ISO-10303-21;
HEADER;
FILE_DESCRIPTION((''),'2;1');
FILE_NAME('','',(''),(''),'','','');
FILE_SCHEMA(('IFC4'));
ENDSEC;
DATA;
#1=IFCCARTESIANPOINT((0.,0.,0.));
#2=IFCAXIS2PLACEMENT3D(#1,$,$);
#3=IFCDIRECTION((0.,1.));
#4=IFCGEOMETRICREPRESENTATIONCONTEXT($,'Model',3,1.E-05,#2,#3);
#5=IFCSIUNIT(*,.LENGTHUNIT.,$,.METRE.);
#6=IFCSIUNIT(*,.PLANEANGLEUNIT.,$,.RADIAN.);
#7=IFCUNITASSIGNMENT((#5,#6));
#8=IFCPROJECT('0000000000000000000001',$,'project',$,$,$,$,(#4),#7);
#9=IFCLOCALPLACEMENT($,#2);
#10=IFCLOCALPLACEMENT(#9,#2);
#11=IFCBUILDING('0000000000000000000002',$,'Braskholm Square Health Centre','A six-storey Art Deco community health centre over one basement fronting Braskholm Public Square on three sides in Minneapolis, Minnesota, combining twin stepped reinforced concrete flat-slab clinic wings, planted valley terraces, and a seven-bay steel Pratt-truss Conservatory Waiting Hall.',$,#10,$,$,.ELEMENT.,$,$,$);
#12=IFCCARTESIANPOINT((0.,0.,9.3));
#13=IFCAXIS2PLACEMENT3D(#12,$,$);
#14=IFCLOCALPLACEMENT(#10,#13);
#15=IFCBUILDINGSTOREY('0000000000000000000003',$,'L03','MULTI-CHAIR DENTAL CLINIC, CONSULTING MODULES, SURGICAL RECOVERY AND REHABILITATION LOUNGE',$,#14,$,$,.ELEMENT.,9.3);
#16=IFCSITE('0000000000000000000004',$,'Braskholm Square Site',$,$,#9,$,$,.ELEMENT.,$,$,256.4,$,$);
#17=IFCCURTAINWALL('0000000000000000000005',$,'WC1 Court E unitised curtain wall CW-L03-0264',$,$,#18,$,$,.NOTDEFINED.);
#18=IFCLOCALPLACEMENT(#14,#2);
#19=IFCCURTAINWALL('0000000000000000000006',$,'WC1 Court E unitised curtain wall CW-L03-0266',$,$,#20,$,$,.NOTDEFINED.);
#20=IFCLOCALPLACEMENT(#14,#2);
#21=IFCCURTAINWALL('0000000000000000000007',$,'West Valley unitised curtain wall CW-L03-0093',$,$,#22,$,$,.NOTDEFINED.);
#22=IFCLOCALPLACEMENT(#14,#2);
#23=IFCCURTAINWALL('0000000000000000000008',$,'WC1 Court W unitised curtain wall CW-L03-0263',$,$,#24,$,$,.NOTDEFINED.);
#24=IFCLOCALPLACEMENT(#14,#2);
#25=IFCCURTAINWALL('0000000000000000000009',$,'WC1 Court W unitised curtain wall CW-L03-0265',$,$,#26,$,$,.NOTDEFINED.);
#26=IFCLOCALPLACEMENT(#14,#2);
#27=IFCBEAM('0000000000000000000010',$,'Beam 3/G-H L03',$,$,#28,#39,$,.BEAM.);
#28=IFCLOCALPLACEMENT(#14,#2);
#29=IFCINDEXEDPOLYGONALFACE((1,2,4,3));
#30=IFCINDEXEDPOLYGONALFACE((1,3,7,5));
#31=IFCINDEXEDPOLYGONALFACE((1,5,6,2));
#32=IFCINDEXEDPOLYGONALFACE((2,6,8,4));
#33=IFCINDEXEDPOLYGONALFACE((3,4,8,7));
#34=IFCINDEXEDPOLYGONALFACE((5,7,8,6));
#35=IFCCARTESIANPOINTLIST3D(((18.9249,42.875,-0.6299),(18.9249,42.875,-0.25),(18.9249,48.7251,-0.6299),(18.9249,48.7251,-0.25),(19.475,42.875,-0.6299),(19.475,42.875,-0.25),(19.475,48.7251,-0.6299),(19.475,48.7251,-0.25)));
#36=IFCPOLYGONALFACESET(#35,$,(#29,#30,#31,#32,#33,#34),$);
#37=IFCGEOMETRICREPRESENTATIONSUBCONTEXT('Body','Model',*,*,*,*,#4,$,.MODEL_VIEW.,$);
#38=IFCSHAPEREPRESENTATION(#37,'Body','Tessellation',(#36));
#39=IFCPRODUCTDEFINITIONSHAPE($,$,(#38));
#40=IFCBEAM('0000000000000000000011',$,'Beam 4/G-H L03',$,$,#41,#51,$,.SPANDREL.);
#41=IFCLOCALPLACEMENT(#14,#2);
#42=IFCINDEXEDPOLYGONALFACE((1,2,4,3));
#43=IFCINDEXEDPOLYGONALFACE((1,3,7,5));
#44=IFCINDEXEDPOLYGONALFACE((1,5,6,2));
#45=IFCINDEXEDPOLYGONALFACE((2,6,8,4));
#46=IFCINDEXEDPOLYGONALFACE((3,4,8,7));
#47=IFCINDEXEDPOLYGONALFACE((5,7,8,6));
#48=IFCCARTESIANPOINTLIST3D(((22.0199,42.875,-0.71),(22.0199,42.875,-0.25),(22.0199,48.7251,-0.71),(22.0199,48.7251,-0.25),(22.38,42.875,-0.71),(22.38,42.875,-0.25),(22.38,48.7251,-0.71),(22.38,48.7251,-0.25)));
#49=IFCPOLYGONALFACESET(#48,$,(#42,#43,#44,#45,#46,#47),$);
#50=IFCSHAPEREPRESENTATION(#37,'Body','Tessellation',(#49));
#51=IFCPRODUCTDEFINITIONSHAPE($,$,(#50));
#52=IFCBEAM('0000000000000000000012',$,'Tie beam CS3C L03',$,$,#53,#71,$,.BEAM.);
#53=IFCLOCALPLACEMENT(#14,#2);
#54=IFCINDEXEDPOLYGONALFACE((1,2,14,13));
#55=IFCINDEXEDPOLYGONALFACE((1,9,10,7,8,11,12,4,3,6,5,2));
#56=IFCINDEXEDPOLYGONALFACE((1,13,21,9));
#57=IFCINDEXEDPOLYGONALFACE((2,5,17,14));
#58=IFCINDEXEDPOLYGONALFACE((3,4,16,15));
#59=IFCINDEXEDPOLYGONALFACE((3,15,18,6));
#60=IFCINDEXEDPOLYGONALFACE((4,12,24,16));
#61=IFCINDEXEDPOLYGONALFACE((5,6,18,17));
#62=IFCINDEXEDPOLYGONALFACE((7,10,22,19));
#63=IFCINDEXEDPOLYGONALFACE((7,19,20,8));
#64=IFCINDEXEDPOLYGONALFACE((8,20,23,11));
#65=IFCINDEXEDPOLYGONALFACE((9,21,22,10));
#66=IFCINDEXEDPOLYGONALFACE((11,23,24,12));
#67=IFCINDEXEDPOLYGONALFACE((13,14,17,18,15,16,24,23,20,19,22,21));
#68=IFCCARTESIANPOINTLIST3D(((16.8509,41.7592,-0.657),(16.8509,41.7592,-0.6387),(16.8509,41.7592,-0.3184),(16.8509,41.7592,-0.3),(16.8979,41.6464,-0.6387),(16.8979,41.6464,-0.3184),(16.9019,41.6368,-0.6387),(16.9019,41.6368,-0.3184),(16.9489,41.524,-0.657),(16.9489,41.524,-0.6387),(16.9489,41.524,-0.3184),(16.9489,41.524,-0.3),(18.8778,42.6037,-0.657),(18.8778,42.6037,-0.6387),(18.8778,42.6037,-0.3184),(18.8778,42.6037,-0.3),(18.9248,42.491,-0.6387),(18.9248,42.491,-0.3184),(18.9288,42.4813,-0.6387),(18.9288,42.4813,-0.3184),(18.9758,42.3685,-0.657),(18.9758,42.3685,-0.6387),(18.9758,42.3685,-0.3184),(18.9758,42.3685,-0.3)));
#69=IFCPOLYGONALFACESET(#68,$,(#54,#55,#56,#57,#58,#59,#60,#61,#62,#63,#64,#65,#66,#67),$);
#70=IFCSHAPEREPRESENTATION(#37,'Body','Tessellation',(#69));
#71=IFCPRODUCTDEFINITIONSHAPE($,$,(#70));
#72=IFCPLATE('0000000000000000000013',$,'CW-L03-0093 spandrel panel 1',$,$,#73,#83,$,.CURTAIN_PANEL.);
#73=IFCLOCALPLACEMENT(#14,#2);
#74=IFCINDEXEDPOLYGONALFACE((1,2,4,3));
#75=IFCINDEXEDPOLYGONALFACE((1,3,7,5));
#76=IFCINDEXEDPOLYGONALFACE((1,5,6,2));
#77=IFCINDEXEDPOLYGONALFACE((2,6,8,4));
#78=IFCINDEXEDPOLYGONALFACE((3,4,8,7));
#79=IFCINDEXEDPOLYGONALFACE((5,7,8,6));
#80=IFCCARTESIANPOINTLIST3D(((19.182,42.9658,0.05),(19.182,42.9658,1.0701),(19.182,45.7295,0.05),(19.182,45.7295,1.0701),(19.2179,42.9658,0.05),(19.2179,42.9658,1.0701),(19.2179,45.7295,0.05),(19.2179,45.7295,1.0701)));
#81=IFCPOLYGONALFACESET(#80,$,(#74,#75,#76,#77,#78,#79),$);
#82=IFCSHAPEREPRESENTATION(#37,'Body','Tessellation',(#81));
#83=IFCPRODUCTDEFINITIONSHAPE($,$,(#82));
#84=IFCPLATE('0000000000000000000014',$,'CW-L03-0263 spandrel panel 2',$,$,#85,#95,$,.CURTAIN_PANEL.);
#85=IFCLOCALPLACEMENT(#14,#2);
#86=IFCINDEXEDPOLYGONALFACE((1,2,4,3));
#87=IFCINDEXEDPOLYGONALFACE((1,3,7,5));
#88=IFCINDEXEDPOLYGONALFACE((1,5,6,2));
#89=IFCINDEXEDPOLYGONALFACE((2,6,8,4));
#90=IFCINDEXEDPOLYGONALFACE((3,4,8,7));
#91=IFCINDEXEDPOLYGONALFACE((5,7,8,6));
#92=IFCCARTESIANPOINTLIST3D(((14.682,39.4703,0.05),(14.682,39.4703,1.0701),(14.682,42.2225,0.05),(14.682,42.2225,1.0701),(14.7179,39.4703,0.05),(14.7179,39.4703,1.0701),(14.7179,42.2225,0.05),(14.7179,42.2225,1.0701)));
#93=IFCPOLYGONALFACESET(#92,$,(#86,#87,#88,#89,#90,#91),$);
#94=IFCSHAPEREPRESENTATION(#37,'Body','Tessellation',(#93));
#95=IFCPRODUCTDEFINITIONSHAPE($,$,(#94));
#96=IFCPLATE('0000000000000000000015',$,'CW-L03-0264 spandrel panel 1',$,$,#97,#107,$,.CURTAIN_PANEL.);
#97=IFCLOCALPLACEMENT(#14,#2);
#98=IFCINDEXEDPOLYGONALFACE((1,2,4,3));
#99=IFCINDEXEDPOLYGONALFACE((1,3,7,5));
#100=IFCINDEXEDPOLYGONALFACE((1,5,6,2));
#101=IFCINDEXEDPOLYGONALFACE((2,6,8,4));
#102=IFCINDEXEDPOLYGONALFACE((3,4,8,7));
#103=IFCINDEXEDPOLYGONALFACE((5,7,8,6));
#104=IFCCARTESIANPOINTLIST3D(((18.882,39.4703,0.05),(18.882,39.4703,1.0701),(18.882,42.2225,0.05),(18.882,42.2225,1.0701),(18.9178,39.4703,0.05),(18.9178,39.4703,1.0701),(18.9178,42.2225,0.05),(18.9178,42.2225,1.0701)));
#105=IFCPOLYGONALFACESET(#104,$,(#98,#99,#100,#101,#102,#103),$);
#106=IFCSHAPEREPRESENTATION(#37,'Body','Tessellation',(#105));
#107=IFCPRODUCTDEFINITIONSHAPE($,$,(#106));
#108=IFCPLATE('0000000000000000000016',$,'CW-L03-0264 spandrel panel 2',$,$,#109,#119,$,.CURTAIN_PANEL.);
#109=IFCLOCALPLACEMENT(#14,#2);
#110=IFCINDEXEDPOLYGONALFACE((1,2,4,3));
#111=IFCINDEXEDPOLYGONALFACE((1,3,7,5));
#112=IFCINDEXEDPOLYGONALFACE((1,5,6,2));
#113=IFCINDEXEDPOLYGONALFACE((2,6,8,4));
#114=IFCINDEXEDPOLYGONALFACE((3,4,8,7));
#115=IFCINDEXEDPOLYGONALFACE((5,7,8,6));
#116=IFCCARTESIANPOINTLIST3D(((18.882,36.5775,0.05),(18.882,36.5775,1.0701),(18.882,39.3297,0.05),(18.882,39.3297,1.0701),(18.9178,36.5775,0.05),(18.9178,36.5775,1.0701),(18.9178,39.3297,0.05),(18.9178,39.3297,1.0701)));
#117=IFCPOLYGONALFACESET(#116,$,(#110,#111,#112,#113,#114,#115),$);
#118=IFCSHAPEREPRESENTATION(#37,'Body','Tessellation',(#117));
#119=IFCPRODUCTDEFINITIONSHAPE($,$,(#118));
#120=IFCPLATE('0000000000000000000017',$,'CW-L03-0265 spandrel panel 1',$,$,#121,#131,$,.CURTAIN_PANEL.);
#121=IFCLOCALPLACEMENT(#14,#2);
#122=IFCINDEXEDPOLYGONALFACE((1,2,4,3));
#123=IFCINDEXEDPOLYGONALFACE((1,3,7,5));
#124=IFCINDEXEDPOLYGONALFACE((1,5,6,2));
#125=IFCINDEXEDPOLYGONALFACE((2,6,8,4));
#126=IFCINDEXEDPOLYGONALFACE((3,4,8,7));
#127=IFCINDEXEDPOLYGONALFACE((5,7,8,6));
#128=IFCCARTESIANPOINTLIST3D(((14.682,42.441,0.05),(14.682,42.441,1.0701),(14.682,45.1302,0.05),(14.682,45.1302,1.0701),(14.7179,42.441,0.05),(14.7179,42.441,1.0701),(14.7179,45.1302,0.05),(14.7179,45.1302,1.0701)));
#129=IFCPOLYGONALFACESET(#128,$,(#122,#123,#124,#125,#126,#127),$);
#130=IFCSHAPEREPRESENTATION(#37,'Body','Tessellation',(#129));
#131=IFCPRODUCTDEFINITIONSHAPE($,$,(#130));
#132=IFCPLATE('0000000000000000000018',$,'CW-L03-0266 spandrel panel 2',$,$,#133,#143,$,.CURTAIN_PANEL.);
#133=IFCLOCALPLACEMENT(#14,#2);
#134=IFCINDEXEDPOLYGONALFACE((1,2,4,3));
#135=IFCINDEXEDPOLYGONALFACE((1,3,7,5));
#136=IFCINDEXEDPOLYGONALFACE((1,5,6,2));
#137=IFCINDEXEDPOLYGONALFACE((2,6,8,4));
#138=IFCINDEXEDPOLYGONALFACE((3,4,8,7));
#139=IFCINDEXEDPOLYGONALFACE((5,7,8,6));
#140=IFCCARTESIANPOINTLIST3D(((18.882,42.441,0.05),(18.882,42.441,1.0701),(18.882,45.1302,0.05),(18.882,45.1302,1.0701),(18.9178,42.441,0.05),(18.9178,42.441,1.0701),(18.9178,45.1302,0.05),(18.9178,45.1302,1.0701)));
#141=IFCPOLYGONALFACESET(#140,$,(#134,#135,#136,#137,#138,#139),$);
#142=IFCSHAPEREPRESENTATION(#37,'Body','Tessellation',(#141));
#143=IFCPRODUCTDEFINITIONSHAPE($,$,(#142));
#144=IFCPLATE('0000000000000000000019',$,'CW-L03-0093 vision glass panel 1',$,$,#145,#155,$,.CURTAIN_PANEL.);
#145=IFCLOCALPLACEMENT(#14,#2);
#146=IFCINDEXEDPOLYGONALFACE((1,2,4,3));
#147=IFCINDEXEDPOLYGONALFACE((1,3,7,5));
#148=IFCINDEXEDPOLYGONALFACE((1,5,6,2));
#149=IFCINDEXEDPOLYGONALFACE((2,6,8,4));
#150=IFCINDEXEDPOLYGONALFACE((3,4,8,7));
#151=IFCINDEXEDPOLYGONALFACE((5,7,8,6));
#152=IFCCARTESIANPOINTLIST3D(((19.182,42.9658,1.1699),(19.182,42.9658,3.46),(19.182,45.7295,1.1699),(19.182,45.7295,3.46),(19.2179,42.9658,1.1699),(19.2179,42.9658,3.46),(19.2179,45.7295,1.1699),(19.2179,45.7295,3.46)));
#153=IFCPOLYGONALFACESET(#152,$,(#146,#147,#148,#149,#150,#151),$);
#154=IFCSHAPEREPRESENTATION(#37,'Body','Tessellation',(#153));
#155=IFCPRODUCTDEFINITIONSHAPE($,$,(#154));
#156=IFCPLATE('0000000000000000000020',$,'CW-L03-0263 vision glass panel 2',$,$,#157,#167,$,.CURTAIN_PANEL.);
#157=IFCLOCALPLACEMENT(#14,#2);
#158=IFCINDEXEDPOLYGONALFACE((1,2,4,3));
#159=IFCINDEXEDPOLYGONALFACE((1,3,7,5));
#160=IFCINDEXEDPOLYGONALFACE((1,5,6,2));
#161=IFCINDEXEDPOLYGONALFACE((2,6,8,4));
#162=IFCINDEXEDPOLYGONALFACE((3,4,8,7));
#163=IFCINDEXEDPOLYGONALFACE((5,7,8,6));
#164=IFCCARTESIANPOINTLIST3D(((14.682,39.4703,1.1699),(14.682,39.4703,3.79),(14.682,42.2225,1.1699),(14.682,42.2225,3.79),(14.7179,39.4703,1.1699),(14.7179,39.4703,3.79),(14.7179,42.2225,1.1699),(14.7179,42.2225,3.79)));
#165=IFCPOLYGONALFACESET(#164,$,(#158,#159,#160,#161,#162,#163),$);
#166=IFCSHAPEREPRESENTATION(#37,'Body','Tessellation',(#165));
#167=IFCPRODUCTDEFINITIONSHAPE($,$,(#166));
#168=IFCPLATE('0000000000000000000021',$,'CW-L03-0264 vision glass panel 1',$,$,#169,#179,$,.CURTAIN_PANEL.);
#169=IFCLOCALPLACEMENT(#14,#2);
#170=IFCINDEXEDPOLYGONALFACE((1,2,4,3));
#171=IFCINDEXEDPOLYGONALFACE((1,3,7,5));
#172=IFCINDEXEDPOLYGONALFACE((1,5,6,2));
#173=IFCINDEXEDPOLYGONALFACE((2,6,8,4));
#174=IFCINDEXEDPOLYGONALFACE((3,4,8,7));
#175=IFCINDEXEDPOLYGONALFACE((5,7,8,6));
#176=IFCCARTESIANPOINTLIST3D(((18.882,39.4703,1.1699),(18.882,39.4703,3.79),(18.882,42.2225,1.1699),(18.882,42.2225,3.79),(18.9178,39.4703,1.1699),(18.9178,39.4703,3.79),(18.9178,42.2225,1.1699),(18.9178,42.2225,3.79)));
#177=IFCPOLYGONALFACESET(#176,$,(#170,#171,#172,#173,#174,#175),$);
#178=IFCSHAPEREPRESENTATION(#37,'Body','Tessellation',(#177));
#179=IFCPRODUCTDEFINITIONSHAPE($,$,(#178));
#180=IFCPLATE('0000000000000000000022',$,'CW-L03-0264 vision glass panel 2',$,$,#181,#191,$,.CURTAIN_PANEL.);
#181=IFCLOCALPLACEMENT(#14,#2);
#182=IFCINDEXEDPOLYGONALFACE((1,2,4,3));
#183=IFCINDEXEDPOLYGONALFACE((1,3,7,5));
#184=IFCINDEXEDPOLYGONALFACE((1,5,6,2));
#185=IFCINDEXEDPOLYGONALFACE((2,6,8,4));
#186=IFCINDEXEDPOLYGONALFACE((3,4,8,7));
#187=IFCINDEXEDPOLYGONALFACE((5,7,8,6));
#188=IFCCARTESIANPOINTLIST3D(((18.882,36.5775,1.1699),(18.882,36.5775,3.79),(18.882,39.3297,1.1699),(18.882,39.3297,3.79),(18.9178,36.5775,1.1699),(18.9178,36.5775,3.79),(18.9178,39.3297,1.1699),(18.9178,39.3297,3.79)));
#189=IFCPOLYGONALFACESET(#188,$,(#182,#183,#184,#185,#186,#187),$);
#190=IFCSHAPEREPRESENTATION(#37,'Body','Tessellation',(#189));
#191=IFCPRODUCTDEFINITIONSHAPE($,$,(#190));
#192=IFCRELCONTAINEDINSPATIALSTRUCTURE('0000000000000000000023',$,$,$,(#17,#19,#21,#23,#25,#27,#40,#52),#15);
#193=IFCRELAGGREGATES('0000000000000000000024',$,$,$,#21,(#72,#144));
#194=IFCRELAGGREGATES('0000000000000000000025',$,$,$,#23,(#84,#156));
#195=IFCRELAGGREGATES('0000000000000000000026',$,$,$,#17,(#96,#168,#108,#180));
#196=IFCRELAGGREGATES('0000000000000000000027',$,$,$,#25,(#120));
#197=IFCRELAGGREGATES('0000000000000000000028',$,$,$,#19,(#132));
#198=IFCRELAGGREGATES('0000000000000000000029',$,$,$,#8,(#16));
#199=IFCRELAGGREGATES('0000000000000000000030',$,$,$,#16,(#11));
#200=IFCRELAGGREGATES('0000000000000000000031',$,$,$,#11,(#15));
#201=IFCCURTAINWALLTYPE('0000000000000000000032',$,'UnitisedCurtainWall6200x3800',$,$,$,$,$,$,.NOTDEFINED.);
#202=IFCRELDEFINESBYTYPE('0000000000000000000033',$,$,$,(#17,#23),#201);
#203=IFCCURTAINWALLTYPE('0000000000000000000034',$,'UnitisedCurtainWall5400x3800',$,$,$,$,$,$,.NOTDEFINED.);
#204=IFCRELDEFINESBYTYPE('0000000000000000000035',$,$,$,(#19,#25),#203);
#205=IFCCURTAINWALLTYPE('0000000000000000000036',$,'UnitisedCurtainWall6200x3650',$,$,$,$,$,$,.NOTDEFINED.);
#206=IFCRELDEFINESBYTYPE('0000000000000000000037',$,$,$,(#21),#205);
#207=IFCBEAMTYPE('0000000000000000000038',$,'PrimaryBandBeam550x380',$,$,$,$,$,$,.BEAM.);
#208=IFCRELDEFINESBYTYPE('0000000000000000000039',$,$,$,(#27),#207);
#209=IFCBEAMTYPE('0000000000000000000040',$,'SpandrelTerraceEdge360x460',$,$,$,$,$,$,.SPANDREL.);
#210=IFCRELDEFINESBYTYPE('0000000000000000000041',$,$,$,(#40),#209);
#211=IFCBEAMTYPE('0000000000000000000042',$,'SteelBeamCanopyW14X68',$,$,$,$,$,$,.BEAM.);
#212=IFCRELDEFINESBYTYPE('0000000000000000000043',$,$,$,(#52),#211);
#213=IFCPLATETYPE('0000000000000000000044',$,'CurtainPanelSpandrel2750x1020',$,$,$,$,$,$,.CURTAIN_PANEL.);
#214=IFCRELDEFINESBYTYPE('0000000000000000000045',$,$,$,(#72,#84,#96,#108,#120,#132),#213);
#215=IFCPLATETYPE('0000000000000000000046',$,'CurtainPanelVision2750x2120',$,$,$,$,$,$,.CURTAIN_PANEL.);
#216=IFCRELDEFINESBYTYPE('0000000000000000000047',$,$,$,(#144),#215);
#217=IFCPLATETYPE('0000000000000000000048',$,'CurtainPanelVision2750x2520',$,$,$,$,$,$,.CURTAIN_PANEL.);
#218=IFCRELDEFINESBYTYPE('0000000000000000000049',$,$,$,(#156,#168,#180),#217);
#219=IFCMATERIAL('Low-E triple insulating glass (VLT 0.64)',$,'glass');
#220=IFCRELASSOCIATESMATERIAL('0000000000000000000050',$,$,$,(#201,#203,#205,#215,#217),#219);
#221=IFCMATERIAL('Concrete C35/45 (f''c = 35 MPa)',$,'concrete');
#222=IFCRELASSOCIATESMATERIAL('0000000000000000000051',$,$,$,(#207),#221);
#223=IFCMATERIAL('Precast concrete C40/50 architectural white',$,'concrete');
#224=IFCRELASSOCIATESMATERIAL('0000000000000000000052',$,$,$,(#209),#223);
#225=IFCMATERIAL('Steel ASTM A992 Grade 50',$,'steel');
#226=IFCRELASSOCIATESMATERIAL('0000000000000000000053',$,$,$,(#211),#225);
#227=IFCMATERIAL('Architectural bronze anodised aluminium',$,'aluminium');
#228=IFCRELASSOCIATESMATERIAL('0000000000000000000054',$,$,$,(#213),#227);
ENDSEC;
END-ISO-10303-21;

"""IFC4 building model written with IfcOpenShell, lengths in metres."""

from ifc_helpers import new_model, si_unit, direction, frame, origin, origin_2d, place, context, subcontext, project, spatial, rectangle, i_section, extrude, material, material_profile, profile_set, type_object, element, aggregate, save


model = new_model("IFC4")

# Units and contexts
model_context = context("Model", 3, precision=1e-05, world=origin(), true_north=direction((0.0, 1.0)))
body_context = subcontext(model_context, "Body", "Model", "MODEL_VIEW")
ifc_project = project(units=[si_unit("LENGTHUNIT", "METRE"), si_unit("PLANEANGLEUNIT", "RADIAN")], contexts=[model_context])

# Site, building, storey
site_placement = place(None, origin())
site = spatial("IfcSite", under=ifc_project, at=site_placement, Name="Braskholm Square Site", CompositionType="ELEMENT", RefElevation=256.4)
building_placement = place(site_placement, origin())
building = spatial("IfcBuilding", under=site, at=building_placement, Name="Braskholm Square Health Centre", Description="A six-storey Art Deco community health centre over one basement fronting Braskholm Public Square on three sides in Minneapolis, Minnesota, combining twin stepped reinforced concrete flat-slab clinic wings, planted valley terraces, and a seven-bay steel Pratt-truss Conservatory Waiting Hall.", CompositionType="ELEMENT")
storey_placement = place(building_placement, frame((0.0, 0.0, 9.3)))
storey = spatial("IfcBuildingStorey", under=building, at=storey_placement, Name="L03", Description="MULTI-CHAIR DENTAL CLINIC, CONSULTING MODULES, SURGICAL RECOVERY AND REHABILITATION LOUNGE", CompositionType="ELEMENT", Elevation=9.3)

# Curtain wall
ifc_material_1 = material(Name="Low-E triple insulating glass (VLT 0.64)", Category="glass")
curtain_wall_type_1 = type_object("IfcCurtainWallType", Name="UnitisedCurtainWall6200x3800", PredefinedType="NOTDEFINED", material=ifc_material_1)
curtain_wall_1_placement = place(storey_placement, origin())
curtain_wall_1 = element("IfcCurtainWall", 1, at=curtain_wall_1_placement, inside=storey, type_object=curtain_wall_type_1, Name="WC1 Court E unitised curtain wall CW-L03-0264", PredefinedType="NOTDEFINED")
ifc_material_2 = material(Name="Architectural bronze anodised aluminium", Category="aluminium")

# Curtain walls
curtain_wall_type_2 = type_object("IfcCurtainWallType", Name="UnitisedCurtainWall5400x3800", PredefinedType="NOTDEFINED", material=ifc_material_1)
curtain_wall_2_placement = place(storey_placement, origin())
curtain_wall_2 = element("IfcCurtainWall", 2, at=curtain_wall_2_placement, inside=storey, type_object=curtain_wall_type_2, Name="WC1 Court E unitised curtain wall CW-L03-0266", PredefinedType="NOTDEFINED")
curtain_wall_type_3 = type_object("IfcCurtainWallType", Name="UnitisedCurtainWall6200x3650", PredefinedType="NOTDEFINED", material=ifc_material_1)
curtain_wall_3_placement = place(storey_placement, origin())
curtain_wall_3 = element("IfcCurtainWall", 3, at=curtain_wall_3_placement, inside=storey, type_object=curtain_wall_type_3, Name="West Valley unitised curtain wall CW-L03-0093", PredefinedType="NOTDEFINED")
curtain_wall_4_placement = place(storey_placement, origin())
curtain_wall_4 = element("IfcCurtainWall", 4, at=curtain_wall_4_placement, inside=storey, type_object=curtain_wall_type_1, Name="WC1 Court W unitised curtain wall CW-L03-0263", PredefinedType="NOTDEFINED")
curtain_wall_5_placement = place(storey_placement, origin())
curtain_wall_5 = element("IfcCurtainWall", 5, at=curtain_wall_5_placement, inside=storey, type_object=curtain_wall_type_2, Name="WC1 Court W unitised curtain wall CW-L03-0265", PredefinedType="NOTDEFINED")

# Beams
ifc_material_3 = material(Name="Concrete C35/45 (f'c = 35 MPa)", Category="concrete")
ifc_material_profile_1 = material_profile(ifc_material_3, rectangle(XDim=0.55, YDim=0.3799, at=origin_2d()), Name="RCB-550X380")
ifc_profile_set_1 = profile_set([ifc_material_profile_1], Name="Concrete C35/45 (f'c = 35 MPa)")
beam_type_1 = type_object("IfcBeamType", Name="PrimaryBandBeam550x380", PredefinedType="BEAM", material=ifc_profile_set_1)
beam_1_placement = place(storey_placement, frame((19.2, 42.875, -0.4399), z_axis=(0.0, 1.0, 0.0), x_axis=(-1.0, 0.0, 0.0)))
element("IfcBeam", 6, at=beam_1_placement, inside=storey, type_object=beam_type_1, Name="Beam 3/G-H L03", PredefinedType="BEAM", context=body_context, shape_type="SweptSolid", body=[
    extrude(rectangle(XDim=0.55, YDim=0.3799, at=origin_2d()), origin(), (0.0, 0.0, 1.0), 5.8501),
])
ifc_material_4 = material(Name="Precast concrete C40/50 architectural white", Category="concrete")
ifc_material_profile_2 = material_profile(ifc_material_4, rectangle(XDim=0.3601, YDim=0.46, at=origin_2d()), Name="RCB-360X460")
ifc_profile_set_2 = profile_set([ifc_material_profile_2], Name="Precast concrete C40/50 architectural white")
beam_type_2 = type_object("IfcBeamType", Name="SpandrelTerraceEdge360x460", PredefinedType="SPANDREL", material=ifc_profile_set_2)
beam_2_placement = place(storey_placement, frame((22.2, 42.875, -0.48), z_axis=(0.0, 1.0, 0.0), x_axis=(-1.0, 0.0, 0.0)))
element("IfcBeam", 7, at=beam_2_placement, inside=storey, type_object=beam_type_2, Name="Beam 4/G-H L03", PredefinedType="SPANDREL", context=body_context, shape_type="SweptSolid", body=[
    extrude(rectangle(XDim=0.3601, YDim=0.46, at=origin_2d()), origin(), (0.0, 0.0, 1.0), 5.8501),
])
ifc_material_5 = material(Name="Steel ASTM A992 Grade 50", Category="steel")
ifc_material_profile_3 = material_profile(ifc_material_5, i_section(OverallWidth=0.2549, OverallDepth=0.3569, WebThickness=0.0105, FlangeThickness=0.0183, at=origin_2d()), Name="W14X68")
ifc_profile_set_3 = profile_set([ifc_material_profile_3], Name="Steel ASTM A992 Grade 50")
beam_type_3 = type_object("IfcBeamType", Name="SteelBeamCanopyW14X68", PredefinedType="BEAM", material=ifc_profile_set_3)
beam_3_placement = place(storey_placement, frame((16.8999, 41.6416, -0.4785), z_axis=(0.923084, 0.3846, 0.0), x_axis=(-0.3846, 0.923084, 0.0)))
element("IfcBeam", 8, at=beam_3_placement, inside=storey, type_object=beam_type_3, Name="Tie beam CS3C L03", PredefinedType="BEAM", context=body_context, shape_type="SweptSolid", body=[
    extrude(i_section(OverallWidth=0.2549, OverallDepth=0.3569, WebThickness=0.0105, FlangeThickness=0.0183, at=origin_2d()), origin(), (0.0, 0.0, 1.0), 2.1958),
])

# Plates
plate_type_1 = type_object("IfcPlateType", Name="CurtainPanelSpandrel2750x1020", PredefinedType="CURTAIN_PANEL", material=ifc_material_2)
plate_1_placement = place(storey_placement, frame((19.2, 44.3477, 0.05), z_axis=(0.0, 0.0, 1.0), x_axis=(0.0, 1.0, 0.0)))
plate_1 = element("IfcPlate", 9, at=plate_1_placement, type_object=plate_type_1, Name="CW-L03-0093 spandrel panel 1", PredefinedType="CURTAIN_PANEL", context=body_context, shape_type="SweptSolid", body=[
    extrude(rectangle(XDim=2.7637, YDim=0.0359, at=origin_2d()), origin(), (0.0, 0.0, 1.0), 1.02),
])
plate_2_placement = place(storey_placement, frame((14.7, 40.8464, 0.05), z_axis=(0.0, 0.0, 1.0), x_axis=(0.0, 1.0, 0.0)))
plate_2 = element("IfcPlate", 10, at=plate_2_placement, type_object=plate_type_1, Name="CW-L03-0263 spandrel panel 2", PredefinedType="CURTAIN_PANEL", context=body_context, shape_type="SweptSolid", body=[
    extrude(rectangle(XDim=2.7522, YDim=0.0359, at=origin_2d()), origin(), (0.0, 0.0, 1.0), 1.02),
])
plate_3_placement = place(storey_placement, frame((18.8999, 40.8464, 0.05), z_axis=(0.0, 0.0, 1.0), x_axis=(0.0, -1.0, 0.0)))
plate_3 = element("IfcPlate", 11, at=plate_3_placement, type_object=plate_type_1, Name="CW-L03-0264 spandrel panel 1", PredefinedType="CURTAIN_PANEL", context=body_context, shape_type="SweptSolid", body=[
    extrude(rectangle(XDim=2.7522, YDim=0.0359, at=origin_2d()), origin(), (0.0, 0.0, 1.0), 1.02),
])
plate_4_placement = place(storey_placement, frame((18.8999, 37.9536, 0.05), z_axis=(0.0, 0.0, 1.0), x_axis=(0.0, -1.0, 0.0)))
plate_4 = element("IfcPlate", 12, at=plate_4_placement, type_object=plate_type_1, Name="CW-L03-0264 spandrel panel 2", PredefinedType="CURTAIN_PANEL", context=body_context, shape_type="SweptSolid", body=[
    extrude(rectangle(XDim=2.7522, YDim=0.0359, at=origin_2d()), origin(), (0.0, 0.0, 1.0), 1.02),
])
plate_5_placement = place(storey_placement, frame((14.7, 43.7856, 0.05), z_axis=(0.0, 0.0, 1.0), x_axis=(0.0, 1.0, 0.0)))
plate_5 = element("IfcPlate", 13, at=plate_5_placement, type_object=plate_type_1, Name="CW-L03-0265 spandrel panel 1", PredefinedType="CURTAIN_PANEL", context=body_context, shape_type="SweptSolid", body=[
    extrude(rectangle(XDim=2.6892, YDim=0.0359, at=origin_2d()), origin(), (0.0, 0.0, 1.0), 1.02),
])
plate_6_placement = place(storey_placement, frame((18.8999, 43.7856, 0.05), z_axis=(0.0, 0.0, 1.0), x_axis=(0.0, -1.0, 0.0)))
plate_6 = element("IfcPlate", 14, at=plate_6_placement, type_object=plate_type_1, Name="CW-L03-0266 spandrel panel 2", PredefinedType="CURTAIN_PANEL", context=body_context, shape_type="SweptSolid", body=[
    extrude(rectangle(XDim=2.6892, YDim=0.0359, at=origin_2d()), origin(), (0.0, 0.0, 1.0), 1.02),
])
plate_type_2 = type_object("IfcPlateType", Name="CurtainPanelVision2750x2120", PredefinedType="CURTAIN_PANEL", material=ifc_material_1)
plate_7_placement = place(storey_placement, frame((19.2, 44.3477, 1.1699), z_axis=(0.0, 0.0, 1.0), x_axis=(0.0, 1.0, 0.0)))
plate_7 = element("IfcPlate", 15, at=plate_7_placement, type_object=plate_type_2, Name="CW-L03-0093 vision glass panel 1", PredefinedType="CURTAIN_PANEL", context=body_context, shape_type="SweptSolid", body=[
    extrude(rectangle(XDim=2.7637, YDim=0.0359, at=origin_2d()), origin(), (0.0, 0.0, 1.0), 2.29),
])
aggregate(curtain_wall_3, [plate_1, plate_7])
plate_type_3 = type_object("IfcPlateType", Name="CurtainPanelVision2750x2520", PredefinedType="CURTAIN_PANEL", material=ifc_material_1)
plate_8_placement = place(storey_placement, frame((14.7, 40.8464, 1.1699), z_axis=(0.0, 0.0, 1.0), x_axis=(0.0, 1.0, 0.0)))
plate_8 = element("IfcPlate", 16, at=plate_8_placement, type_object=plate_type_3, Name="CW-L03-0263 vision glass panel 2", PredefinedType="CURTAIN_PANEL", context=body_context, shape_type="SweptSolid", body=[
    extrude(rectangle(XDim=2.7522, YDim=0.0359, at=origin_2d()), origin(), (0.0, 0.0, 1.0), 2.6201),
])
aggregate(curtain_wall_4, [plate_2, plate_8])
plate_9_placement = place(storey_placement, frame((18.8999, 40.8464, 1.1699), z_axis=(0.0, 0.0, 1.0), x_axis=(0.0, -1.0, 0.0)))
plate_9 = element("IfcPlate", 17, at=plate_9_placement, type_object=plate_type_3, Name="CW-L03-0264 vision glass panel 1", PredefinedType="CURTAIN_PANEL", context=body_context, shape_type="SweptSolid", body=[
    extrude(rectangle(XDim=2.7522, YDim=0.0359, at=origin_2d()), origin(), (0.0, 0.0, 1.0), 2.6201),
])
plate_10_placement = place(storey_placement, frame((18.8999, 37.9536, 1.1699), z_axis=(0.0, 0.0, 1.0), x_axis=(0.0, -1.0, 0.0)))
plate_10 = element("IfcPlate", 18, at=plate_10_placement, type_object=plate_type_3, Name="CW-L03-0264 vision glass panel 2", PredefinedType="CURTAIN_PANEL", context=body_context, shape_type="SweptSolid", body=[
    extrude(rectangle(XDim=2.7522, YDim=0.0359, at=origin_2d()), origin(), (0.0, 0.0, 1.0), 2.6201),
])
aggregate(curtain_wall_1, [plate_3, plate_9, plate_4, plate_10])
aggregate(curtain_wall_5, [plate_5])
aggregate(curtain_wall_2, [plate_6])

save(model, "model.ifc")
